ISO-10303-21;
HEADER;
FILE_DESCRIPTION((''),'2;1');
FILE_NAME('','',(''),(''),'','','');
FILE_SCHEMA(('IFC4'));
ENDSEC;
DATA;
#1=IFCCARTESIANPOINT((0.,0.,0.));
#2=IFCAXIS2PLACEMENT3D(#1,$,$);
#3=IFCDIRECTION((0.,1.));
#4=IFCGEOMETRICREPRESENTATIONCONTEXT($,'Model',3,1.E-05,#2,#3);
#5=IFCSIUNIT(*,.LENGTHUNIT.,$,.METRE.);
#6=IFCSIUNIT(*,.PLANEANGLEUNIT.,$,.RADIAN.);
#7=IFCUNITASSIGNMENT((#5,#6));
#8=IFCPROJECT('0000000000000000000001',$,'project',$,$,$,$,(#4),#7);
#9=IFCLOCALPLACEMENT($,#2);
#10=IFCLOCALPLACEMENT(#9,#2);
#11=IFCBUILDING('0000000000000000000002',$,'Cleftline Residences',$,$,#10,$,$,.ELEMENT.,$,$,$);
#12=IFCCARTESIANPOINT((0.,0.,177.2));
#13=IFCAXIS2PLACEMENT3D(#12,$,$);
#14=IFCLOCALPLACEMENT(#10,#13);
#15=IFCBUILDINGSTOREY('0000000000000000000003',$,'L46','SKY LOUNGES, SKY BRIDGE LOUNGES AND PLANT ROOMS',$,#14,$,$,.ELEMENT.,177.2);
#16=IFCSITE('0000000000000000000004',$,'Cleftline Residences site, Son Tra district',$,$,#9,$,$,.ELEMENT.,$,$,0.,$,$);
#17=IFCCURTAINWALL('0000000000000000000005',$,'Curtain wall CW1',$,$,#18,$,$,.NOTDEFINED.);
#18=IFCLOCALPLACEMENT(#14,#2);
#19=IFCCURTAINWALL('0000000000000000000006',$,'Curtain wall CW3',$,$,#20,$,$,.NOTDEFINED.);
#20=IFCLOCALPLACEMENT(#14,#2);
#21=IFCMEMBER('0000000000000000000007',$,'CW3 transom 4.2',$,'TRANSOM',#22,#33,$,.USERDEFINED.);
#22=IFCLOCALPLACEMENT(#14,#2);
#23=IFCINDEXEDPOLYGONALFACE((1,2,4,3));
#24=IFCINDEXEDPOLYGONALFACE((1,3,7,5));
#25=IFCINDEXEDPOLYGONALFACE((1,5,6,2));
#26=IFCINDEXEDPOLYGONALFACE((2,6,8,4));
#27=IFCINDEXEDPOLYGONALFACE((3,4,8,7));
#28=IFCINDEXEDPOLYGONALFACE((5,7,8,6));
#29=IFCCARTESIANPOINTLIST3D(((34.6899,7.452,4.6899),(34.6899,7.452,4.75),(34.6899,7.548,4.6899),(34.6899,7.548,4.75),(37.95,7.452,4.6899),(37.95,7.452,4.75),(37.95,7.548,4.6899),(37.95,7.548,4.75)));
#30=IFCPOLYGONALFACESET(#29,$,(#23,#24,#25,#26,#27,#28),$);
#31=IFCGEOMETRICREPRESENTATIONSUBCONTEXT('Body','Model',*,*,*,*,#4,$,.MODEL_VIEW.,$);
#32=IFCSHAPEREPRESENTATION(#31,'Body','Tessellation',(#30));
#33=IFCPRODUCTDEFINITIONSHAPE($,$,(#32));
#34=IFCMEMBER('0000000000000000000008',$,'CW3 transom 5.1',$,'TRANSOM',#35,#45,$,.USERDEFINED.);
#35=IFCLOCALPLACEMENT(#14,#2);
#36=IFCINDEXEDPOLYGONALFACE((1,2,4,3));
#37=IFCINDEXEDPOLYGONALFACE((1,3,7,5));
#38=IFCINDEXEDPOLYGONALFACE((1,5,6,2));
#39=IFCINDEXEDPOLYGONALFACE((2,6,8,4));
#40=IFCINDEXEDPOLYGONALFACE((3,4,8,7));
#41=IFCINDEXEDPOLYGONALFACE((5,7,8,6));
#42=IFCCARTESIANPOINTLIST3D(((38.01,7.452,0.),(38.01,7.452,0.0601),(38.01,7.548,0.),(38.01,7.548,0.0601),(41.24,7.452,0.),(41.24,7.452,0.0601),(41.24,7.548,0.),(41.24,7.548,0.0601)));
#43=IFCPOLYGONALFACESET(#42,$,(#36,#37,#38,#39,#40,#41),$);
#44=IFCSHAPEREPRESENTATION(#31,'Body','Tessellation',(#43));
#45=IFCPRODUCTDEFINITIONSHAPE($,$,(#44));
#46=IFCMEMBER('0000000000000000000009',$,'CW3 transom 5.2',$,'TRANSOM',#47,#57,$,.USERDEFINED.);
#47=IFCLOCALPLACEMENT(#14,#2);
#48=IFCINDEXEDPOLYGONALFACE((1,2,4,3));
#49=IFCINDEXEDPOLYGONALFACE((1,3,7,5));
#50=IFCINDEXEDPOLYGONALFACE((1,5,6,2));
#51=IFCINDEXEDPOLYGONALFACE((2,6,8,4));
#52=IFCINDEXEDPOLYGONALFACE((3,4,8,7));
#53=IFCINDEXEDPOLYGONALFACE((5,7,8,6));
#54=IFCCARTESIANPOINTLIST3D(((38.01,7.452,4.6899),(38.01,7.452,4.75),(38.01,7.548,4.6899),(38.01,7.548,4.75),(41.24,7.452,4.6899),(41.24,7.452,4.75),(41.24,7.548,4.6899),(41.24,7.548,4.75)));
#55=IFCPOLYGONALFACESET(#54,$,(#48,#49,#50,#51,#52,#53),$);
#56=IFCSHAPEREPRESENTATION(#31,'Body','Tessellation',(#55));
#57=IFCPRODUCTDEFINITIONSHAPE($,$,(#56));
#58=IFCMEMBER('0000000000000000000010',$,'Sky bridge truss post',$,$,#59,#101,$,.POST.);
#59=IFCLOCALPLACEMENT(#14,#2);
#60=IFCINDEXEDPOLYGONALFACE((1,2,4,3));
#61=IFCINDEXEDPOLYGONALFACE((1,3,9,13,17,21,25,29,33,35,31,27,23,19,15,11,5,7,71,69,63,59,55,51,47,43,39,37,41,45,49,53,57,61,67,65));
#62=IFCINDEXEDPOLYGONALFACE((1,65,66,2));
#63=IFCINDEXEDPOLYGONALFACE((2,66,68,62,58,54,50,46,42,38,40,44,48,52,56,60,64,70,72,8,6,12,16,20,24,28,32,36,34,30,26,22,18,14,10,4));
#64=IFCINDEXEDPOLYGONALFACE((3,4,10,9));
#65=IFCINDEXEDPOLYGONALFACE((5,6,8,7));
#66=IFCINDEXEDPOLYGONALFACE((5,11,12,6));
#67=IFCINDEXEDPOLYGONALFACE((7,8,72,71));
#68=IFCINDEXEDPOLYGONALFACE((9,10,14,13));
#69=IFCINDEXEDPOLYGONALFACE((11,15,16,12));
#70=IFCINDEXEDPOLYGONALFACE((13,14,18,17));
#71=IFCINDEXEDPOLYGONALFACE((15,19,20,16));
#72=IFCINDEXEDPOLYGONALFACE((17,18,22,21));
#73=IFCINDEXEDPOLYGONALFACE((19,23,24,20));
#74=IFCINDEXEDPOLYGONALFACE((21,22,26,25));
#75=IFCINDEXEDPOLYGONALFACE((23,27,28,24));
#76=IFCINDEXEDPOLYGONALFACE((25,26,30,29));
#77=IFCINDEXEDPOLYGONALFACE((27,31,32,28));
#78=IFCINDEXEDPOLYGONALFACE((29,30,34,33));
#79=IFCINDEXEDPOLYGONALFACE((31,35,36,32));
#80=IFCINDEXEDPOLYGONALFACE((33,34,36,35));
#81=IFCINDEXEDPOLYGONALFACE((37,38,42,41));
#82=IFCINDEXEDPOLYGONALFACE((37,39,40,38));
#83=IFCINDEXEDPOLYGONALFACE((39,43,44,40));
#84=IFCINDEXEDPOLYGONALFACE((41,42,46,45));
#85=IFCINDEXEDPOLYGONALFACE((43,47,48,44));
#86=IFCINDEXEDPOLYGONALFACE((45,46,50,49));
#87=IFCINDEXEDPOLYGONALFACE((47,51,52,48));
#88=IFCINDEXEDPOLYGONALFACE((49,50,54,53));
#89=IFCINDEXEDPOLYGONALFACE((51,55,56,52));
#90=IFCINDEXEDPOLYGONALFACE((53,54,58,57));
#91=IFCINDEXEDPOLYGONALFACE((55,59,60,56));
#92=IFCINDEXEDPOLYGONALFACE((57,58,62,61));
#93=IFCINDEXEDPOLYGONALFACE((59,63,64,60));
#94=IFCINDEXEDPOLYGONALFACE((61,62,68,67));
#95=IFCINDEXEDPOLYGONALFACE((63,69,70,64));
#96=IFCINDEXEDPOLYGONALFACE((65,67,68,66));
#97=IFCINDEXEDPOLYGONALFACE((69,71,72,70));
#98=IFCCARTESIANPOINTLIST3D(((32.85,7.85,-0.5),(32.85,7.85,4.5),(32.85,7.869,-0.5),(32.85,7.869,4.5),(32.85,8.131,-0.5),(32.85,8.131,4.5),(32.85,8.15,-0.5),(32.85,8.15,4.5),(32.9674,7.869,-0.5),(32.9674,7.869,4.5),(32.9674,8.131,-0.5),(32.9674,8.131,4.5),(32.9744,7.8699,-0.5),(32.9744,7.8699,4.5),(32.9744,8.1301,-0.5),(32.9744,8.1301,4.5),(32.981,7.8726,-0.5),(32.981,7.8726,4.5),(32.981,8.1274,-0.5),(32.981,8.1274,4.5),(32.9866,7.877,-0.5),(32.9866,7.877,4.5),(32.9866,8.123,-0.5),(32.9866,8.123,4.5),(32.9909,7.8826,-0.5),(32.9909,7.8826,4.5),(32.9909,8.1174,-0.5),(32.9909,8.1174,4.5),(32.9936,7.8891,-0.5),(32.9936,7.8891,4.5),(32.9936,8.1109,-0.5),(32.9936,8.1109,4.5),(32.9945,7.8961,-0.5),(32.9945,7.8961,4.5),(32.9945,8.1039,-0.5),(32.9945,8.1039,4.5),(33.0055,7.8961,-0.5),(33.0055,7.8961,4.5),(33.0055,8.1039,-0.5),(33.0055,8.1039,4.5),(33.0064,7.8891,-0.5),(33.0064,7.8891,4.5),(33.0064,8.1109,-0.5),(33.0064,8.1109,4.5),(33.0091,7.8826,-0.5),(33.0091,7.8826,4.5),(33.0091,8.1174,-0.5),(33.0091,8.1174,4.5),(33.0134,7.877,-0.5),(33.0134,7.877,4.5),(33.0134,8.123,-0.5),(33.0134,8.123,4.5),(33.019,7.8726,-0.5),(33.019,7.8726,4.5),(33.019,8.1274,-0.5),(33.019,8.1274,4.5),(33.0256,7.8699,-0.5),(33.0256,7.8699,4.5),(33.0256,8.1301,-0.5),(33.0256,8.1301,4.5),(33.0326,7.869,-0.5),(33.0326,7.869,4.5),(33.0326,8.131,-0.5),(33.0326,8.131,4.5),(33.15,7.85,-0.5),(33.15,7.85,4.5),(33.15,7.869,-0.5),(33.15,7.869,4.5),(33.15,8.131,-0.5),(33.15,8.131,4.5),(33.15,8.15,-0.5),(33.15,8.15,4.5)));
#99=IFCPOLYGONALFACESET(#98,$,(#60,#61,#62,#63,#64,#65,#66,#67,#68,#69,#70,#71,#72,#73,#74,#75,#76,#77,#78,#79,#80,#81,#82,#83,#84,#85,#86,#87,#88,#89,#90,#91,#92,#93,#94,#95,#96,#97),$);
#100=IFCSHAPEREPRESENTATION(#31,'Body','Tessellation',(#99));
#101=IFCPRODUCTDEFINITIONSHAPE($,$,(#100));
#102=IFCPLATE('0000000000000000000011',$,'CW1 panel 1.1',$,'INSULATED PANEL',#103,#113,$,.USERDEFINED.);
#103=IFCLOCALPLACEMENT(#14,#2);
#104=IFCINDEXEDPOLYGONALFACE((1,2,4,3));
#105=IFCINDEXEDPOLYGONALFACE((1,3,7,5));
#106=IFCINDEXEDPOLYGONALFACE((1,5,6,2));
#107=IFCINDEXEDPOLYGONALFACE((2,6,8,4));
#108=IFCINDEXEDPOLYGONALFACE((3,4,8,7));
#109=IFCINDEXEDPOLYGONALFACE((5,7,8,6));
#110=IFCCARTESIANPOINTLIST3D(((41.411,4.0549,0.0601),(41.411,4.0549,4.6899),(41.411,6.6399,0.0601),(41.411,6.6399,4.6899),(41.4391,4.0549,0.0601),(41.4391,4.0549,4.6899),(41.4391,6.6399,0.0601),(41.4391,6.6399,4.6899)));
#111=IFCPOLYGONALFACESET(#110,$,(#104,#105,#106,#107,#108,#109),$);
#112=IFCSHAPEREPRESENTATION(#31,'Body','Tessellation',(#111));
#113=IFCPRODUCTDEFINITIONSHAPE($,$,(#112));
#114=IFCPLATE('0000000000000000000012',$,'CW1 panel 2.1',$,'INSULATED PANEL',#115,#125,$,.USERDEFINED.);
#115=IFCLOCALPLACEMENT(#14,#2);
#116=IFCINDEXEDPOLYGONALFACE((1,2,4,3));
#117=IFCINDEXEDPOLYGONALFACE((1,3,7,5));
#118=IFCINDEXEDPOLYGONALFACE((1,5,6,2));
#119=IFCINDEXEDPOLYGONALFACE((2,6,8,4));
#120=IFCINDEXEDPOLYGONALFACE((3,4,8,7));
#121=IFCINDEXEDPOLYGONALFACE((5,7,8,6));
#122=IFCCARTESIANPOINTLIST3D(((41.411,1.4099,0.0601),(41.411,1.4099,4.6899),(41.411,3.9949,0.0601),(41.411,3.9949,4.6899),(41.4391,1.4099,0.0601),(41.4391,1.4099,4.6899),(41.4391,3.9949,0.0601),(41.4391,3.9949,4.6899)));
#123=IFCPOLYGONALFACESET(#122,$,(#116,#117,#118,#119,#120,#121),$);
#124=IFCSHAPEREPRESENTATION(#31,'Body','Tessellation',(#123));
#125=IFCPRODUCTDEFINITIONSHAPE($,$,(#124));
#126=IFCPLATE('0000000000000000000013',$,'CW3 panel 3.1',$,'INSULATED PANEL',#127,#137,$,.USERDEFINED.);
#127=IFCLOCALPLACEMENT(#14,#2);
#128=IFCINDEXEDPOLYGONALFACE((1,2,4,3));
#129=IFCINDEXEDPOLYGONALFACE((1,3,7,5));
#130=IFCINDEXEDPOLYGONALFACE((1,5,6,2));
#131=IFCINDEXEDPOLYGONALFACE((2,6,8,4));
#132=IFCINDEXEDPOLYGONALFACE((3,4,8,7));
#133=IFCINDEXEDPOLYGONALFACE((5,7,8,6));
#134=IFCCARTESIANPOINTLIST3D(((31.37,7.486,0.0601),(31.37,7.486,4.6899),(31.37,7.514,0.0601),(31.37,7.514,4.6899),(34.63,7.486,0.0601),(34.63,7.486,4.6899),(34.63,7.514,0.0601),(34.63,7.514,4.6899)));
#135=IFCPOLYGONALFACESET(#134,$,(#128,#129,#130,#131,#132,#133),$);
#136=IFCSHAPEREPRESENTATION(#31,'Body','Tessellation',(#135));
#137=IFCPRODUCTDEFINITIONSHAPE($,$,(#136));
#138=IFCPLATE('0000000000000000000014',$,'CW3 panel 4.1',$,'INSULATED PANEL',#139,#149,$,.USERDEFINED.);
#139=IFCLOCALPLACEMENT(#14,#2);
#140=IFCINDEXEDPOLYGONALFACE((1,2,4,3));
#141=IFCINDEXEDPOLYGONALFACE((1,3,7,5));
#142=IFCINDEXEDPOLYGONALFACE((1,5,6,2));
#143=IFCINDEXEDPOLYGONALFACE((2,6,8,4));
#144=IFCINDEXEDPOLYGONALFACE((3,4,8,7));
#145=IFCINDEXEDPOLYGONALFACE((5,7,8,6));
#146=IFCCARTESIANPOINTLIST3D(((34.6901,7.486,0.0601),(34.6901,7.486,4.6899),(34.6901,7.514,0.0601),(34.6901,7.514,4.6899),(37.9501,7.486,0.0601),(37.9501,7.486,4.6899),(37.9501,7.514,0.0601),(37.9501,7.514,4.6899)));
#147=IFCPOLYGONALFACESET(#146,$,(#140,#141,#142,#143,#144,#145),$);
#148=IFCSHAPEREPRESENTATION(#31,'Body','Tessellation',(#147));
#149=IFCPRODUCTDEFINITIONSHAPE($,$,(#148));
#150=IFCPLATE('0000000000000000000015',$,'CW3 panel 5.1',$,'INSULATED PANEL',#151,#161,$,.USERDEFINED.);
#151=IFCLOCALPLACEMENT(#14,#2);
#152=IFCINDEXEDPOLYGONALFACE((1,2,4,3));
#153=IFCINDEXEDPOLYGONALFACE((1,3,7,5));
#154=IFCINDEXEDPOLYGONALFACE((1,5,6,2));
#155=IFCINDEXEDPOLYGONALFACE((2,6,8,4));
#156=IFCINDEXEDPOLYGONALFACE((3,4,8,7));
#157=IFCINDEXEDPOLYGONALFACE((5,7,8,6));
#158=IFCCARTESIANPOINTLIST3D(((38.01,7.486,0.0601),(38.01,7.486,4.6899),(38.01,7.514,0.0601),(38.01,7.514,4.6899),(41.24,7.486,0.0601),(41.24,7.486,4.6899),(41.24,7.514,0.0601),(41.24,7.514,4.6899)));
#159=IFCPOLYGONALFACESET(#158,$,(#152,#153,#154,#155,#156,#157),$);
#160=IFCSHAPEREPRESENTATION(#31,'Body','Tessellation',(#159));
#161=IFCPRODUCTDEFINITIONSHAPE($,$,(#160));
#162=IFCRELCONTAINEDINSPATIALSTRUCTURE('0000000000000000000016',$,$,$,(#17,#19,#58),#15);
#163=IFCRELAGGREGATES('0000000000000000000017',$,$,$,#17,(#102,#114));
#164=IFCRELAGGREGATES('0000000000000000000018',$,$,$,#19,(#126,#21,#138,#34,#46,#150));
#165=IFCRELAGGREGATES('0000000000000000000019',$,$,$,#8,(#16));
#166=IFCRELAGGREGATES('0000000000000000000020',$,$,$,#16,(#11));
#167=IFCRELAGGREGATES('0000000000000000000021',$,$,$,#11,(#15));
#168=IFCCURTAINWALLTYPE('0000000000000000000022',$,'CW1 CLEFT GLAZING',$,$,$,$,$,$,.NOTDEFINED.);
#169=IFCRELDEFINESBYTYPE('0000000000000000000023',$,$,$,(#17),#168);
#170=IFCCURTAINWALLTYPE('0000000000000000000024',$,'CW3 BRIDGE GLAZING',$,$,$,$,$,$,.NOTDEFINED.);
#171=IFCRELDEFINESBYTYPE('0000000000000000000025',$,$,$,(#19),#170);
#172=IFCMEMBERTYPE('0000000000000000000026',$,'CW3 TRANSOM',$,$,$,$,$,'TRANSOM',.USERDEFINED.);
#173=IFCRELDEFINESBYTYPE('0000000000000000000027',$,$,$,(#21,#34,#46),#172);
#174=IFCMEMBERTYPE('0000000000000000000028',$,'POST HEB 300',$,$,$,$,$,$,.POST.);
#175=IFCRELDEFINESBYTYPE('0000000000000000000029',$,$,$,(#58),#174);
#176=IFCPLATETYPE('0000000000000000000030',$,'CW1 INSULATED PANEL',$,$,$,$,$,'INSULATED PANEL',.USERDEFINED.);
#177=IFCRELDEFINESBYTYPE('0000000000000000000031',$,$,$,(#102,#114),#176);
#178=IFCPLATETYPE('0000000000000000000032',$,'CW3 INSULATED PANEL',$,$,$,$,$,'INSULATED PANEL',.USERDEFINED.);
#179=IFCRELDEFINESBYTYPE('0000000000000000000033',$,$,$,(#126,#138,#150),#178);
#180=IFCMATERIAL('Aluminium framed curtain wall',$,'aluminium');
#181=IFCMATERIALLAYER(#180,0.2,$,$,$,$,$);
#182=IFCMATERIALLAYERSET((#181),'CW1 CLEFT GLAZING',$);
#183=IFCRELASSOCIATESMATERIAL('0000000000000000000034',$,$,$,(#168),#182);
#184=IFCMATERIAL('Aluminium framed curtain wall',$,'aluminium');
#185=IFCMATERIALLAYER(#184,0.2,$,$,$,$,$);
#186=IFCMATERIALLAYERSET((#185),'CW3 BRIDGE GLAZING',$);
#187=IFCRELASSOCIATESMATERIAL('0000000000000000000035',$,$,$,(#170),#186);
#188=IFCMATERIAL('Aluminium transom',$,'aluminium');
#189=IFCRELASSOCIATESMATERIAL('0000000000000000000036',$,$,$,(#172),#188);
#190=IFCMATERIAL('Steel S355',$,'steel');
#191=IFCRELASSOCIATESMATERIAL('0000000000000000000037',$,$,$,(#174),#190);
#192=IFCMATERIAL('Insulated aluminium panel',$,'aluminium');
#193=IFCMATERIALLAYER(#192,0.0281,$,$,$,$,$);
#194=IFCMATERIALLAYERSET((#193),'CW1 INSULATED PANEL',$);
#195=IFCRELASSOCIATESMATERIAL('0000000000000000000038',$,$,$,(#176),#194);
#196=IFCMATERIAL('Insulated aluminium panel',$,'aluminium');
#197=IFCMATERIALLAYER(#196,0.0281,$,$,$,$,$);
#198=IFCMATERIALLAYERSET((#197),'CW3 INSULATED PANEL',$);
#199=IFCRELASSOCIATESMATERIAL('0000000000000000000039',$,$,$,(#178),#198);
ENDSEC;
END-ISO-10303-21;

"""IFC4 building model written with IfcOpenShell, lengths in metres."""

from ifc_helpers import new_model, si_unit, direction, frame, origin, origin_2d, place, context, subcontext, project, spatial, rectangle, i_section, extrude, material, layer, layer_set, material_profile, profile_set, type_object, element, aggregate, save


model = new_model("IFC4")

# Units and contexts
model_context = context("Model", 3, precision=1e-05, world=origin(), true_north=direction((0.0, 1.0)))
body_context = subcontext(model_context, "Body", "Model", "MODEL_VIEW")
ifc_project = project(units=[si_unit("LENGTHUNIT", "METRE"), si_unit("PLANEANGLEUNIT", "RADIAN")], contexts=[model_context])

# Site, building, storey
site_placement = place(None, origin())
site = spatial("IfcSite", under=ifc_project, at=site_placement, Name="Cleftline Residences site, Son Tra district", CompositionType="ELEMENT", RefElevation=0.0)
building_placement = place(site_placement, origin())
building = spatial("IfcBuilding", under=site, at=building_placement, Name="Cleftline Residences", CompositionType="ELEMENT")
storey_placement = place(building_placement, frame((0.0, 0.0, 177.2)))
storey = spatial("IfcBuildingStorey", under=building, at=storey_placement, Name="L46", Description="SKY LOUNGES, SKY BRIDGE LOUNGES AND PLANT ROOMS", CompositionType="ELEMENT", Elevation=177.2)

# Curtain walls
ifc_material_1 = material(Name="Aluminium framed curtain wall", Category="aluminium")
ifc_layer_1 = layer(ifc_material_1, 0.2)
ifc_layer_set_1 = layer_set([ifc_layer_1], Name="CW1 CLEFT GLAZING")
curtain_wall_type_1 = type_object("IfcCurtainWallType", Name="CW1 CLEFT GLAZING", PredefinedType="NOTDEFINED", material=ifc_layer_set_1)
curtain_wall_1_placement = place(storey_placement, origin())
curtain_wall_1 = element("IfcCurtainWall", 1, at=curtain_wall_1_placement, inside=storey, type_object=curtain_wall_type_1, Name="Curtain wall CW1", PredefinedType="NOTDEFINED")
ifc_material_2 = material(Name="Aluminium framed curtain wall", Category="aluminium")
ifc_layer_2 = layer(ifc_material_2, 0.2)
ifc_layer_set_2 = layer_set([ifc_layer_2], Name="CW3 BRIDGE GLAZING")
curtain_wall_type_2 = type_object("IfcCurtainWallType", Name="CW3 BRIDGE GLAZING", PredefinedType="NOTDEFINED", material=ifc_layer_set_2)
curtain_wall_2_placement = place(storey_placement, origin())
curtain_wall_2 = element("IfcCurtainWall", 2, at=curtain_wall_2_placement, inside=storey, type_object=curtain_wall_type_2, Name="Curtain wall CW3", PredefinedType="NOTDEFINED")

# Members
ifc_material_3 = material(Name="Aluminium transom", Category="aluminium")
ifc_material_profile_1 = material_profile(ifc_material_3, rectangle(XDim=0.0959, YDim=0.0601, at=origin_2d()))
ifc_profile_set_1 = profile_set([ifc_material_profile_1], Name="Aluminium transom")
member_type_1 = type_object("IfcMemberType", Name="CW3 TRANSOM", ElementType="TRANSOM", PredefinedType="USERDEFINED", material=ifc_profile_set_1)
member_1_placement = place(storey_placement, frame((34.6899, 7.5, 4.72), z_axis=(1.0, 0.0, 0.0), x_axis=(0.0, 1.0, 0.0)))
member_1 = element("IfcMember", 3, at=member_1_placement, type_object=member_type_1, Name="CW3 transom 4.2", ObjectType="TRANSOM", PredefinedType="USERDEFINED", context=body_context, shape_type="SweptSolid", body=[
    extrude(rectangle(XDim=0.0959, YDim=0.0601, at=origin_2d()), origin(), (0.0, 0.0, 1.0), 3.26),
])
member_2_placement = place(storey_placement, frame((38.01, 7.5, 0.03), z_axis=(1.0, 0.0, 0.0), x_axis=(0.0, 1.0, 0.0)))
member_2 = element("IfcMember", 4, at=member_2_placement, type_object=member_type_1, Name="CW3 transom 5.1", ObjectType="TRANSOM", PredefinedType="USERDEFINED", context=body_context, shape_type="SweptSolid", body=[
    extrude(rectangle(XDim=0.0959, YDim=0.0601, at=origin_2d()), origin(), (0.0, 0.0, 1.0), 3.23),
])
member_3_placement = place(storey_placement, frame((38.01, 7.5, 4.72), z_axis=(1.0, 0.0, 0.0), x_axis=(0.0, 1.0, 0.0)))
member_3 = element("IfcMember", 5, at=member_3_placement, type_object=member_type_1, Name="CW3 transom 5.2", ObjectType="TRANSOM", PredefinedType="USERDEFINED", context=body_context, shape_type="SweptSolid", body=[
    extrude(rectangle(XDim=0.0959, YDim=0.0601, at=origin_2d()), origin(), (0.0, 0.0, 1.0), 3.23),
])
ifc_material_4 = material(Name="Steel S355", Category="steel")
ifc_material_profile_2 = material_profile(ifc_material_4, i_section(OverallWidth=0.3, OverallDepth=0.3, WebThickness=0.011, FlangeThickness=0.019, FilletRadius=0.0271, at=origin_2d()))
ifc_profile_set_2 = profile_set([ifc_material_profile_2], Name="Steel S355")
member_type_2 = type_object("IfcMemberType", Name="POST HEB 300", PredefinedType="POST", material=ifc_profile_set_2)
member_4_placement = place(storey_placement, frame((33.0, 8.0, -0.5), z_axis=(0.0, 0.0, 1.0), x_axis=(1.0, 0.0, 0.0)))
element("IfcMember", 6, at=member_4_placement, inside=storey, type_object=member_type_2, Name="Sky bridge truss post", PredefinedType="POST", context=body_context, shape_type="SweptSolid", body=[
    extrude(i_section(OverallWidth=0.3, OverallDepth=0.3, WebThickness=0.011, FlangeThickness=0.019, FilletRadius=0.0271, at=origin_2d()), origin(), (0.0, 0.0, 1.0), 5.0),
])

# Plates
ifc_material_5 = material(Name="Insulated aluminium panel", Category="aluminium")
ifc_layer_3 = layer(ifc_material_5, 0.0281)
ifc_layer_set_3 = layer_set([ifc_layer_3], Name="CW1 INSULATED PANEL")
plate_type_1 = type_object("IfcPlateType", Name="CW1 INSULATED PANEL", ElementType="INSULATED PANEL", PredefinedType="USERDEFINED", material=ifc_layer_set_3)
plate_1_placement = place(storey_placement, frame((41.425, 5.3474, 0.0601), z_axis=(0.0, 0.0, 1.0), x_axis=(0.0, -1.0, 0.0)))
plate_1 = element("IfcPlate", 7, at=plate_1_placement, type_object=plate_type_1, Name="CW1 panel 1.1", ObjectType="INSULATED PANEL", PredefinedType="USERDEFINED", context=body_context, shape_type="SweptSolid", body=[
    extrude(rectangle(XDim=2.585, YDim=0.0281, at=origin_2d()), origin(), (0.0, 0.0, 1.0), 4.6299),
])
plate_2_placement = place(storey_placement, frame((41.425, 2.7024, 0.0601), z_axis=(0.0, 0.0, 1.0), x_axis=(0.0, -1.0, 0.0)))
plate_2 = element("IfcPlate", 8, at=plate_2_placement, type_object=plate_type_1, Name="CW1 panel 2.1", ObjectType="INSULATED PANEL", PredefinedType="USERDEFINED", context=body_context, shape_type="SweptSolid", body=[
    extrude(rectangle(XDim=2.585, YDim=0.0281, at=origin_2d()), origin(), (0.0, 0.0, 1.0), 4.6299),
])
aggregate(curtain_wall_1, [plate_1, plate_2])
ifc_material_6 = material(Name="Insulated aluminium panel", Category="aluminium")
ifc_layer_4 = layer(ifc_material_6, 0.0281)
ifc_layer_set_4 = layer_set([ifc_layer_4], Name="CW3 INSULATED PANEL")
plate_type_2 = type_object("IfcPlateType", Name="CW3 INSULATED PANEL", ElementType="INSULATED PANEL", PredefinedType="USERDEFINED", material=ifc_layer_set_4)
plate_3_placement = place(storey_placement, frame((33.0, 7.5, 0.0601), z_axis=(0.0, 0.0, 1.0), x_axis=(1.0, 0.0, 0.0)))
plate_3 = element("IfcPlate", 9, at=plate_3_placement, type_object=plate_type_2, Name="CW3 panel 3.1", ObjectType="INSULATED PANEL", PredefinedType="USERDEFINED", context=body_context, shape_type="SweptSolid", body=[
    extrude(rectangle(XDim=3.26, YDim=0.0281, at=origin_2d()), origin(), (0.0, 0.0, 1.0), 4.6299),
])
plate_4_placement = place(storey_placement, frame((36.3201, 7.5, 0.0601), z_axis=(0.0, 0.0, 1.0), x_axis=(1.0, 0.0, 0.0)))
plate_4 = element("IfcPlate", 10, at=plate_4_placement, type_object=plate_type_2, Name="CW3 panel 4.1", ObjectType="INSULATED PANEL", PredefinedType="USERDEFINED", context=body_context, shape_type="SweptSolid", body=[
    extrude(rectangle(XDim=3.26, YDim=0.0281, at=origin_2d()), origin(), (0.0, 0.0, 1.0), 4.6299),
])
plate_5_placement = place(storey_placement, frame((39.625, 7.5, 0.0601), z_axis=(0.0, 0.0, 1.0), x_axis=(1.0, 0.0, 0.0)))
plate_5 = element("IfcPlate", 11, at=plate_5_placement, type_object=plate_type_2, Name="CW3 panel 5.1", ObjectType="INSULATED PANEL", PredefinedType="USERDEFINED", context=body_context, shape_type="SweptSolid", body=[
    extrude(rectangle(XDim=3.23, YDim=0.0281, at=origin_2d()), origin(), (0.0, 0.0, 1.0), 4.6299),
])
aggregate(curtain_wall_2, [plate_3, member_1, plate_4, member_2, member_3, plate_5])

save(model, "model.ifc")
